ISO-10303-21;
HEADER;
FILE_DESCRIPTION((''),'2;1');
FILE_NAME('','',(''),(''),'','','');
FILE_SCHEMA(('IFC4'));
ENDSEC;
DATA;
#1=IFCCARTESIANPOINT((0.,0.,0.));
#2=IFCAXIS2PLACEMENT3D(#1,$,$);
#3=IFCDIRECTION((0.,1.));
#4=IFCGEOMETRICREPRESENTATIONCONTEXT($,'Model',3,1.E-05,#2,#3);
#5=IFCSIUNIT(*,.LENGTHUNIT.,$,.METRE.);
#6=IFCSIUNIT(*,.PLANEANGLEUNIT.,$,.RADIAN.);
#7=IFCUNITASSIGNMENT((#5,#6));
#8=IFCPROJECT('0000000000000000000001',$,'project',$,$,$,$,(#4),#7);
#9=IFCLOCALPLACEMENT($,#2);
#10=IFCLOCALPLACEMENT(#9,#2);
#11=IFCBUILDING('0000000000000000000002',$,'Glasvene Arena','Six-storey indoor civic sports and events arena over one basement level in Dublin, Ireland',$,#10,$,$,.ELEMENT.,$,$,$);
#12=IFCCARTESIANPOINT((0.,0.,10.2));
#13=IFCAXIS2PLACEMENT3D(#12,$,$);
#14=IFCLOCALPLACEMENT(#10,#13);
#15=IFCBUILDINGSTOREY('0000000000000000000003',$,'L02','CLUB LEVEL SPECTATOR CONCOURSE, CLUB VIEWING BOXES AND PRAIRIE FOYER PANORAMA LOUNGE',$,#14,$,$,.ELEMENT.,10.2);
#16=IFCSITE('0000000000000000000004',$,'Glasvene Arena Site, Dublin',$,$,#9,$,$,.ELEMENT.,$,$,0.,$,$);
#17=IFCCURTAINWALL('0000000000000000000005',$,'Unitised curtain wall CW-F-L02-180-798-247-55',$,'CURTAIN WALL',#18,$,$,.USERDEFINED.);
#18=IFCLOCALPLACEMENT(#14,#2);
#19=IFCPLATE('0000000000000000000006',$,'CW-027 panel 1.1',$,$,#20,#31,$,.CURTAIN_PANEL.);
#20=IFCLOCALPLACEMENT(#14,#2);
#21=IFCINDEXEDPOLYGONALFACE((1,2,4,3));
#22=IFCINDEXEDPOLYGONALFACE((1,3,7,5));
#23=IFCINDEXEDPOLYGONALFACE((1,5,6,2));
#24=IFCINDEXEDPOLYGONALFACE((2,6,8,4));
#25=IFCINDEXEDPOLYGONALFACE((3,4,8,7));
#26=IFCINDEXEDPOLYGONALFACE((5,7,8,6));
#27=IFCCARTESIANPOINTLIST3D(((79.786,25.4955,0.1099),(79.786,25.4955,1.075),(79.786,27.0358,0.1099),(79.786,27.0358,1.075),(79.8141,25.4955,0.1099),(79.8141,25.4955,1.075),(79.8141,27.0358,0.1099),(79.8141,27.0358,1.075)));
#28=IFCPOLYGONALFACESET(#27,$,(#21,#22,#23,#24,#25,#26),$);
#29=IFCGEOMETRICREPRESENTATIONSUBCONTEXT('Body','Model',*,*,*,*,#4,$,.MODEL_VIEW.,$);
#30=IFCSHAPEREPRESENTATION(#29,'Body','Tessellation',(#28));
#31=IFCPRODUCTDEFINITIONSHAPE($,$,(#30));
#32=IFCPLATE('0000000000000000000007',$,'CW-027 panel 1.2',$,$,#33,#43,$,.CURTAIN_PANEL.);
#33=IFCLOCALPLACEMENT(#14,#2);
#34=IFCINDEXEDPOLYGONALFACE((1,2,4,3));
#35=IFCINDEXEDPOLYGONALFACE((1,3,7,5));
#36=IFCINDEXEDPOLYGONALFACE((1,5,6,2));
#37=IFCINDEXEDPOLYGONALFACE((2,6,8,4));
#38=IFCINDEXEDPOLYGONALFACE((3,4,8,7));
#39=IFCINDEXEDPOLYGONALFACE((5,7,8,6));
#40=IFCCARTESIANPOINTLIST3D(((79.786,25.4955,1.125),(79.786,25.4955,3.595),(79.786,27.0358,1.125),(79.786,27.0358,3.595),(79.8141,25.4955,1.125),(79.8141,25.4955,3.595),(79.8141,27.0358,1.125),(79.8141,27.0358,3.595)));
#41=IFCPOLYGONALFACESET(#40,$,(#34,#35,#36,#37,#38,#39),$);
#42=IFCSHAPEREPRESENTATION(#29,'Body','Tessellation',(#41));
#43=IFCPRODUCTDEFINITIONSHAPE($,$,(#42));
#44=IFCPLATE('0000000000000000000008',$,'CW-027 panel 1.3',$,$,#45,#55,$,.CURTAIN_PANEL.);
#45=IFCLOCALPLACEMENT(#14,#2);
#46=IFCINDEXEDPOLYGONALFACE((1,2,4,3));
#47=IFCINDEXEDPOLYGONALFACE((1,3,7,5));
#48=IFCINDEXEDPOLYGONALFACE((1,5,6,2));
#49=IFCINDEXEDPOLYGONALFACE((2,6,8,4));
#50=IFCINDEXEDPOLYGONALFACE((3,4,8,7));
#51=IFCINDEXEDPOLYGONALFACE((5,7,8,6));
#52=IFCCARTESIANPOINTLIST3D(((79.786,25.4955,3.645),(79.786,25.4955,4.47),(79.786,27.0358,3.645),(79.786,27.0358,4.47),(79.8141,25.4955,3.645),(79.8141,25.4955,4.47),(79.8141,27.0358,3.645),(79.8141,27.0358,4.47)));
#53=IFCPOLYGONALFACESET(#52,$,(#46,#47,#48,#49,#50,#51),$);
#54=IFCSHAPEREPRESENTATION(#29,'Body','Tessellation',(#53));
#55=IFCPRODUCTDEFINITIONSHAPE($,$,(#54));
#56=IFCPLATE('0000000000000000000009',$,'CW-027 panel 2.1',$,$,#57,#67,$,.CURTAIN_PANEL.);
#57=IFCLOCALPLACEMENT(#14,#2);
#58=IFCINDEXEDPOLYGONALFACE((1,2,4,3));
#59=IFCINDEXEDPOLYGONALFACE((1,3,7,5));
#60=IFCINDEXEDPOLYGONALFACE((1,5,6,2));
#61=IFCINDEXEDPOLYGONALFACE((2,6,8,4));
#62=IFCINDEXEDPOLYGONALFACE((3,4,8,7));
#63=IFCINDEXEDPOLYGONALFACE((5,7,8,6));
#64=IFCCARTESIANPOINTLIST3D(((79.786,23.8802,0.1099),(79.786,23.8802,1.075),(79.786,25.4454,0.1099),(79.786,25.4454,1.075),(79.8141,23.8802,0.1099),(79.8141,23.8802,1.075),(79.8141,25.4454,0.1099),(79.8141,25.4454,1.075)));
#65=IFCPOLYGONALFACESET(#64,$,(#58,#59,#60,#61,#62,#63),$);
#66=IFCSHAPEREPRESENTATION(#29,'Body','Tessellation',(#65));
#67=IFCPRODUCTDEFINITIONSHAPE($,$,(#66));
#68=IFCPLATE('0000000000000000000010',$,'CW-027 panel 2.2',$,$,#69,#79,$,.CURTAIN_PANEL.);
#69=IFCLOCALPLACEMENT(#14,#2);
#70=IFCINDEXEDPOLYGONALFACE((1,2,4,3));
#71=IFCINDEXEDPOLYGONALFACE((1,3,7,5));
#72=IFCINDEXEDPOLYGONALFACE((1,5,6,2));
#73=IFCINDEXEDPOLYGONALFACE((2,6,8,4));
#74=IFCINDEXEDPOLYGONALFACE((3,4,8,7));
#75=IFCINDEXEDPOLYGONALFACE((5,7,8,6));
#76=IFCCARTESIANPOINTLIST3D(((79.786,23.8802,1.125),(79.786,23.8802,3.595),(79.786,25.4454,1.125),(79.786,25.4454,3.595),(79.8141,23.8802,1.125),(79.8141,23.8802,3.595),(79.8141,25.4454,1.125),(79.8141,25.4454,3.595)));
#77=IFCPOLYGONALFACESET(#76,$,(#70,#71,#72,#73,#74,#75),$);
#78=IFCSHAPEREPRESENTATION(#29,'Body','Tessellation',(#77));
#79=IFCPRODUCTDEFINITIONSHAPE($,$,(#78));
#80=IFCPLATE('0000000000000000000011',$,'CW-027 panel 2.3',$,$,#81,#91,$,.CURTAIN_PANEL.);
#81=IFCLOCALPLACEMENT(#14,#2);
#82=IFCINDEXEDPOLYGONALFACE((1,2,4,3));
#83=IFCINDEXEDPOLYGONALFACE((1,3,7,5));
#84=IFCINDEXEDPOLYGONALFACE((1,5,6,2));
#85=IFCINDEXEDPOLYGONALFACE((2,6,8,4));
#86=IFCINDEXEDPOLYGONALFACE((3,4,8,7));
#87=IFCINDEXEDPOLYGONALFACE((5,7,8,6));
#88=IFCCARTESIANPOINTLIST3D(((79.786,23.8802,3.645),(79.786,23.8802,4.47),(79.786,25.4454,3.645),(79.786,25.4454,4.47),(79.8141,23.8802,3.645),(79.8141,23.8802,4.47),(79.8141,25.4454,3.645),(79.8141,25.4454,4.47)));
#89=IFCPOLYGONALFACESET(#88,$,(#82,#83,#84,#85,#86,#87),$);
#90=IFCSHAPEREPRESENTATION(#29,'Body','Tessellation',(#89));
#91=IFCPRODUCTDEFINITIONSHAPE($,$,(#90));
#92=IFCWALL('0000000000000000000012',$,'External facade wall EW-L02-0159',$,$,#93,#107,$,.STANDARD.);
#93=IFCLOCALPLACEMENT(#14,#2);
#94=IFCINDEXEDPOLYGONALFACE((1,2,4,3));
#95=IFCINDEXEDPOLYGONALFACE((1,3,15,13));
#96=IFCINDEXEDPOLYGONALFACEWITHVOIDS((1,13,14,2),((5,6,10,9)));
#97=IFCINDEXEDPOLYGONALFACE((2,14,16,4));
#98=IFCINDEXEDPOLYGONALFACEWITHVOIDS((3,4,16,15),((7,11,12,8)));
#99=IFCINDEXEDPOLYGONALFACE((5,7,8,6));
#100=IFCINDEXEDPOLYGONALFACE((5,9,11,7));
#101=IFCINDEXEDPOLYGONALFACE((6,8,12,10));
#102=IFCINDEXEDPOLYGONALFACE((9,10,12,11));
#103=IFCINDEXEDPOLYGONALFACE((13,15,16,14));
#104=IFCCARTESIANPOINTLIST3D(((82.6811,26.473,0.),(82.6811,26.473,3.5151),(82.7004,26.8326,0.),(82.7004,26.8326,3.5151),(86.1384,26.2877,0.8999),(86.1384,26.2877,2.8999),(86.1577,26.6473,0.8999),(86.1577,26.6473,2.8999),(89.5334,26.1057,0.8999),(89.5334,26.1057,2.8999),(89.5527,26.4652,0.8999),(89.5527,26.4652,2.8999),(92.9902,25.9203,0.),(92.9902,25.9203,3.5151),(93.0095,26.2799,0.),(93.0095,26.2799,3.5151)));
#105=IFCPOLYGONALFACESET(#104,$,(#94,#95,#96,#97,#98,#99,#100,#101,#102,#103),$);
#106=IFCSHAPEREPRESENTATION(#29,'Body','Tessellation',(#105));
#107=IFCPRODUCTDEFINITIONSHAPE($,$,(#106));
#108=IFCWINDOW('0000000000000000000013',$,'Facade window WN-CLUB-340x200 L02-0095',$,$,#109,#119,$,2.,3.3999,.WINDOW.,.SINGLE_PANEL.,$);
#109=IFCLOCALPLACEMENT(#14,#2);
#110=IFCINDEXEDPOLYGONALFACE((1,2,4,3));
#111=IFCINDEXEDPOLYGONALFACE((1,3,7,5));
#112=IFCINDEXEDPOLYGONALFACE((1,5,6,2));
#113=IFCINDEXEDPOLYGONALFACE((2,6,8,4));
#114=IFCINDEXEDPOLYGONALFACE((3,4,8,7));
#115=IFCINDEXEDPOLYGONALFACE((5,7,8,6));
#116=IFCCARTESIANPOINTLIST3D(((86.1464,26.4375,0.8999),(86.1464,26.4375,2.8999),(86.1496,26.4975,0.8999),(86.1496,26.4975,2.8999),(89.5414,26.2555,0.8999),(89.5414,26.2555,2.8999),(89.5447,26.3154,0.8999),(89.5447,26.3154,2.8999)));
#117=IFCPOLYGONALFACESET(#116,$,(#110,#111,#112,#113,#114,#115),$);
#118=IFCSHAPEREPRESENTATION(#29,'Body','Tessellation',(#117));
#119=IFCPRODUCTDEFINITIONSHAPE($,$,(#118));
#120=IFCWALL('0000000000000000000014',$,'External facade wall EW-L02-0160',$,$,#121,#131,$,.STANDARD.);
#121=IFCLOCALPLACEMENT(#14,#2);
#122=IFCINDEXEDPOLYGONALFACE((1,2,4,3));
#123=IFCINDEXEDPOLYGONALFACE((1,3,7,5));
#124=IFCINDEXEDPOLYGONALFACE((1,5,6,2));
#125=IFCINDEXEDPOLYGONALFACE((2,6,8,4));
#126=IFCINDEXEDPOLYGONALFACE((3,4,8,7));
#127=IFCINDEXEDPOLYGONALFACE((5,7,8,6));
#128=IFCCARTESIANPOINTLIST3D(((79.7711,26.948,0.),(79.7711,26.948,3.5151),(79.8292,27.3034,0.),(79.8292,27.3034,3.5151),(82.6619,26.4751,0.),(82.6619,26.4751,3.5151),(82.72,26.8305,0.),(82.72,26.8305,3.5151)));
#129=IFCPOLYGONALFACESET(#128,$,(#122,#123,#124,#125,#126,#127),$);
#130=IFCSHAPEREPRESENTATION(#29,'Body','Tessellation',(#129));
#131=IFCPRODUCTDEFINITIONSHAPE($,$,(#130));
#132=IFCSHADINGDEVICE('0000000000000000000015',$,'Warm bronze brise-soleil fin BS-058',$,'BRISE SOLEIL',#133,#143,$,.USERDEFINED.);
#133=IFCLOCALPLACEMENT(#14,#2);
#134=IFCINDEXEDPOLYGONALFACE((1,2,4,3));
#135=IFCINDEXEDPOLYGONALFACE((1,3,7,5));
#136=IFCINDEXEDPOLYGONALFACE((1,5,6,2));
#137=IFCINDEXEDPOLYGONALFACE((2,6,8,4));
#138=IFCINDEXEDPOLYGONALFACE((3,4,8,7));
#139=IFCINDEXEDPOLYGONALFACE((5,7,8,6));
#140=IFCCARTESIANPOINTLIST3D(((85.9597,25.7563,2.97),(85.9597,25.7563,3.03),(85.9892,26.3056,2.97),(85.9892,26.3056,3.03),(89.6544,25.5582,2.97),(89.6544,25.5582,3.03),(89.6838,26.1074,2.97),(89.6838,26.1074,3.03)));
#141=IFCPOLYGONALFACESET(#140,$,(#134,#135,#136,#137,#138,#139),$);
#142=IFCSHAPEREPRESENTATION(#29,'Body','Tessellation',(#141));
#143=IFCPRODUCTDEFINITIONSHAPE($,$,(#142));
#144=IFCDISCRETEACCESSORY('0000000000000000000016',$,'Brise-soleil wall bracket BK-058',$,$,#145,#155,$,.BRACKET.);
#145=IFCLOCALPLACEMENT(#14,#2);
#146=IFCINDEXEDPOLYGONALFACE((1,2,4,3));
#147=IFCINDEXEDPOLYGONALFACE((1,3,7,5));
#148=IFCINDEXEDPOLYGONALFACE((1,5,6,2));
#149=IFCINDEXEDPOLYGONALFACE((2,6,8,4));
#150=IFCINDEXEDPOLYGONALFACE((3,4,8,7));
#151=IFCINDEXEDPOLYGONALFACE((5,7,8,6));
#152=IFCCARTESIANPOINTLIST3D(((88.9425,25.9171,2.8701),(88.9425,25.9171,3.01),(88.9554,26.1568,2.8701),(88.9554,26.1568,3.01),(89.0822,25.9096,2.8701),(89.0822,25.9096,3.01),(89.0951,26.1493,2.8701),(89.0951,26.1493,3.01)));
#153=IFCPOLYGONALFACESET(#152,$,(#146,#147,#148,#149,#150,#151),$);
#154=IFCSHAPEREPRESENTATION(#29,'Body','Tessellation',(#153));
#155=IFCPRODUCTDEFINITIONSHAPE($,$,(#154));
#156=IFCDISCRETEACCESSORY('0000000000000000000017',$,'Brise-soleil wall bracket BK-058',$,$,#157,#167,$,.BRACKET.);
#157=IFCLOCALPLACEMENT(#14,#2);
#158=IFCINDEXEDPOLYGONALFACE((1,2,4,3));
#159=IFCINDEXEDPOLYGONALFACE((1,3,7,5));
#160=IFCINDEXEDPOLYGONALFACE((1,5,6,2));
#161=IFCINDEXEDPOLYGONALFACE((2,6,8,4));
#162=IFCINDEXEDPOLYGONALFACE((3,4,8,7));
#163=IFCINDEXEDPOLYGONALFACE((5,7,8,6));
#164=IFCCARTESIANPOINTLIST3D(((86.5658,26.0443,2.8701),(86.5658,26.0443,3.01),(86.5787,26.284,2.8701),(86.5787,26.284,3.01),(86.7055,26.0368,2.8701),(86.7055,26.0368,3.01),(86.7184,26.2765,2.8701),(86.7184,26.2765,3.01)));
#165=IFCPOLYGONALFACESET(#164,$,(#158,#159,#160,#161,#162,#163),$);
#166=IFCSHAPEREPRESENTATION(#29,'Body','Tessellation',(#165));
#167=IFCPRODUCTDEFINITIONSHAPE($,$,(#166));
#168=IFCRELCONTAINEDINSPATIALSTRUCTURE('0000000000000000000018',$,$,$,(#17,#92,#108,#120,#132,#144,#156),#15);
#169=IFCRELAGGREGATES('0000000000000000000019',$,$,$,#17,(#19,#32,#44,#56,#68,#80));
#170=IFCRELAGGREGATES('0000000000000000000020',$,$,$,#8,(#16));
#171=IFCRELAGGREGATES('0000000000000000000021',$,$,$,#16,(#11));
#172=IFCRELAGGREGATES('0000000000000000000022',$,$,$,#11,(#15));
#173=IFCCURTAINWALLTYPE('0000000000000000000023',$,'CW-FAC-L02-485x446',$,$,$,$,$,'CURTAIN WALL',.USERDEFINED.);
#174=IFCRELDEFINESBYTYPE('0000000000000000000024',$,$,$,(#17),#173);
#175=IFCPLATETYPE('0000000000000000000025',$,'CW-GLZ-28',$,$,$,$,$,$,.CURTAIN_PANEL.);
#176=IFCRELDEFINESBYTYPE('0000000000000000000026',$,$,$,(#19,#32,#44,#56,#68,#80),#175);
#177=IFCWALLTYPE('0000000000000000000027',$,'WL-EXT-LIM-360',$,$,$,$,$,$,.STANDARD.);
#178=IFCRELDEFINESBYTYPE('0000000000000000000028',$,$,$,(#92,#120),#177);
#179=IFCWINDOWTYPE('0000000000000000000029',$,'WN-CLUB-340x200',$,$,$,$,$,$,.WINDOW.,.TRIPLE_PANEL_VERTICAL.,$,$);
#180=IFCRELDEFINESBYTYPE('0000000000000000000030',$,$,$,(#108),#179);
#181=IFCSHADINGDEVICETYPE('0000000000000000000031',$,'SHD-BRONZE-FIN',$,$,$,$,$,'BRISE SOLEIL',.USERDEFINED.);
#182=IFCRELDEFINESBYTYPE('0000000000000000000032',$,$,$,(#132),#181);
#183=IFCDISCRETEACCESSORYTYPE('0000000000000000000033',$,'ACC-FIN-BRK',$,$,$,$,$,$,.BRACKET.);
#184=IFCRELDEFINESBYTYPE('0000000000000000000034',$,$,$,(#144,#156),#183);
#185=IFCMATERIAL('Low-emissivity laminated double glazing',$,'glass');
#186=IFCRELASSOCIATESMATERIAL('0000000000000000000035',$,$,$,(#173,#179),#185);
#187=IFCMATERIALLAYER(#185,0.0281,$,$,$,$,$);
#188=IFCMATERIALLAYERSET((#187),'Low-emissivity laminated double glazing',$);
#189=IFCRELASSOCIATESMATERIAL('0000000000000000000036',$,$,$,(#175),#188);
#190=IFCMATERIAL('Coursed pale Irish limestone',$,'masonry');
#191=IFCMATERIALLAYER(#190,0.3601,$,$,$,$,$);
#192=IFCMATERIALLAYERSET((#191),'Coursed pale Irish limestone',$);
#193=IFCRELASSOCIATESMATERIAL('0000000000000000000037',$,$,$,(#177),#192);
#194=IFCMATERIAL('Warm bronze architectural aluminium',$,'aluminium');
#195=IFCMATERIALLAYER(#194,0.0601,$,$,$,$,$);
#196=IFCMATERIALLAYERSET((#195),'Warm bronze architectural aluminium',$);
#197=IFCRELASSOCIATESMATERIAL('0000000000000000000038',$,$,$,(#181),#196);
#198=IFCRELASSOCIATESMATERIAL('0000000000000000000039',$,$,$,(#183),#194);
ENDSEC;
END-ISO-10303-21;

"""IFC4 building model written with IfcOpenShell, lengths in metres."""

from ifc_helpers import new_model, si_unit, direction, frame, frame_2d, origin, origin_2d, place, context, subcontext, project, spatial, rectangle, extrude, material, layer, layer_set, type_object, element, fill, aggregate, save


model = new_model("IFC4")

# Units and contexts
model_context = context("Model", 3, precision=1e-05, world=origin(), true_north=direction((0.0, 1.0)))
body_context = subcontext(model_context, "Body", "Model", "MODEL_VIEW")
ifc_project = project(units=[si_unit("LENGTHUNIT", "METRE"), si_unit("PLANEANGLEUNIT", "RADIAN")], contexts=[model_context])

# Site, building, storey
site_placement = place(None, origin())
site = spatial("IfcSite", under=ifc_project, at=site_placement, Name="Glasvene Arena Site, Dublin", CompositionType="ELEMENT", RefElevation=0.0)
building_placement = place(site_placement, origin())
building = spatial("IfcBuilding", under=site, at=building_placement, Name="Glasvene Arena", Description="Six-storey indoor civic sports and events arena over one basement level in Dublin, Ireland", CompositionType="ELEMENT")
storey_placement = place(building_placement, frame((0.0, 0.0, 10.2)))
storey = spatial("IfcBuildingStorey", under=building, at=storey_placement, Name="L02", Description="CLUB LEVEL SPECTATOR CONCOURSE, CLUB VIEWING BOXES AND PRAIRIE FOYER PANORAMA LOUNGE", CompositionType="ELEMENT", Elevation=10.2)

# Curtain wall, plates
ifc_material_1 = material(Name="Low-emissivity laminated double glazing", Category="glass")
curtain_wall_type = type_object("IfcCurtainWallType", Name="CW-FAC-L02-485x446", ElementType="CURTAIN WALL", PredefinedType="USERDEFINED", material=ifc_material_1)
curtain_wall_placement = place(storey_placement, frame((79.8, 27.0857, 0.0)))
curtain_wall = element("IfcCurtainWall", 1, at=curtain_wall_placement, inside=storey, type_object=curtain_wall_type, Name="Unitised curtain wall CW-F-L02-180-798-247-55", ObjectType="CURTAIN WALL", PredefinedType="USERDEFINED")
ifc_layer_1 = layer(ifc_material_1, 0.0281)
ifc_layer_set_1 = layer_set([ifc_layer_1], Name="Low-emissivity laminated double glazing")
plate_type = type_object("IfcPlateType", Name="CW-GLZ-28", PredefinedType="CURTAIN_PANEL", material=ifc_layer_set_1)
plate_1_placement = place(storey_placement, frame((79.8, 26.2656, 0.1099), z_axis=(0.0, 0.0, 1.0), x_axis=(0.0, -1.0, 0.0)))
plate_1 = element("IfcPlate", 2, at=plate_1_placement, type_object=plate_type, Name="CW-027 panel 1.1", PredefinedType="CURTAIN_PANEL", context=body_context, shape_type="SweptSolid", body=[
    extrude(rectangle(XDim=1.5403, YDim=0.0281, at=origin_2d()), origin(), (0.0, 0.0, 1.0), 0.9651),
])
plate_2_placement = place(storey_placement, frame((79.8, 26.2656, 1.125), z_axis=(0.0, 0.0, 1.0), x_axis=(0.0, -1.0, 0.0)))
plate_2 = element("IfcPlate", 3, at=plate_2_placement, type_object=plate_type, Name="CW-027 panel 1.2", PredefinedType="CURTAIN_PANEL", context=body_context, shape_type="SweptSolid", body=[
    extrude(rectangle(XDim=1.5403, YDim=0.0281, at=origin_2d()), origin(), (0.0, 0.0, 1.0), 2.47),
])
plate_3_placement = place(storey_placement, frame((79.8, 26.2656, 3.645), z_axis=(0.0, 0.0, 1.0), x_axis=(0.0, -1.0, 0.0)))
plate_3 = element("IfcPlate", 4, at=plate_3_placement, type_object=plate_type, Name="CW-027 panel 1.3", PredefinedType="CURTAIN_PANEL", context=body_context, shape_type="SweptSolid", body=[
    extrude(rectangle(XDim=1.5403, YDim=0.0281, at=origin_2d()), origin(), (0.0, 0.0, 1.0), 0.825),
])
plate_4_placement = place(storey_placement, frame((79.8, 24.6628, 0.1099), z_axis=(0.0, 0.0, 1.0), x_axis=(0.0, -1.0, 0.0)))
plate_4 = element("IfcPlate", 5, at=plate_4_placement, type_object=plate_type, Name="CW-027 panel 2.1", PredefinedType="CURTAIN_PANEL", context=body_context, shape_type="SweptSolid", body=[
    extrude(rectangle(XDim=1.5652, YDim=0.0281, at=origin_2d()), origin(), (0.0, 0.0, 1.0), 0.9651),
])
plate_5_placement = place(storey_placement, frame((79.8, 24.6628, 1.125), z_axis=(0.0, 0.0, 1.0), x_axis=(0.0, -1.0, 0.0)))
plate_5 = element("IfcPlate", 6, at=plate_5_placement, type_object=plate_type, Name="CW-027 panel 2.2", PredefinedType="CURTAIN_PANEL", context=body_context, shape_type="SweptSolid", body=[
    extrude(rectangle(XDim=1.5652, YDim=0.0281, at=origin_2d()), origin(), (0.0, 0.0, 1.0), 2.47),
])
plate_6_placement = place(storey_placement, frame((79.8, 24.6628, 3.645), z_axis=(0.0, 0.0, 1.0), x_axis=(0.0, -1.0, 0.0)))
plate_6 = element("IfcPlate", 7, at=plate_6_placement, type_object=plate_type, Name="CW-027 panel 2.3", PredefinedType="CURTAIN_PANEL", context=body_context, shape_type="SweptSolid", body=[
    extrude(rectangle(XDim=1.5652, YDim=0.0281, at=origin_2d()), origin(), (0.0, 0.0, 1.0), 0.825),
])
aggregate(curtain_wall, [plate_1, plate_2, plate_3, plate_4, plate_5, plate_6])

# Wall, opening, window
ifc_material_2 = material(Name="Coursed pale Irish limestone", Category="masonry")
ifc_layer_2 = layer(ifc_material_2, 0.3601)
ifc_layer_set_2 = layer_set([ifc_layer_2], Name="Coursed pale Irish limestone")
wall_type = type_object("IfcWallType", Name="WL-EXT-LIM-360", PredefinedType="STANDARD", material=ifc_layer_set_2)
wall_1_placement = place(storey_placement, frame((93.0, 26.1001, 0.0), z_axis=(0.0, 0.0, 1.0), x_axis=(-0.998566, 0.053539, 0.0)))
wall_1 = element("IfcWall", 8, at=wall_1_placement, inside=storey, type_object=wall_type, Name="External facade wall EW-L02-0159", PredefinedType="STANDARD", context=body_context, shape_type="SweptSolid", body=[
    extrude(rectangle(XDim=10.324, YDim=0.3601, at=frame_2d((5.1621, 0.0))), origin(), (0.0, 0.0, 1.0), 3.5151),
])
opening_placement = place(wall_1_placement, frame((3.4619, 0.0, 0.8999)))
opening = element("IfcOpeningElement", 9, at=opening_placement, cuts=wall_1, PredefinedType="OPENING", context=body_context, shape_type="SweptSolid", body=[
    extrude(rectangle(XDim=3.3999, YDim=2.0, at=frame_2d((1.7, 1.0))), frame((0.0, 0.1899, 0.0), z_axis=(0.0, -1.0, 0.0), x_axis=(1.0, 0.0, 0.0)), (0.0, 0.0, 1.0), 0.3801),
])
window_type = type_object("IfcWindowType", Name="WN-CLUB-340x200", PartitioningType="TRIPLE_PANEL_VERTICAL", PredefinedType="WINDOW", material=ifc_material_1)
window_placement = place(opening_placement, origin())
window = element("IfcWindow", 10, at=window_placement, inside=storey, type_object=window_type, Name="Facade window WN-CLUB-340x200 L02-0095", OverallHeight=2.0, OverallWidth=3.3999, PartitioningType="SINGLE_PANEL", PredefinedType="WINDOW", context=body_context, shape_type="SweptSolid", body=[
    extrude(rectangle(XDim=3.3999, YDim=2.0, at=frame_2d((1.7, 1.0))), frame((0.0, 0.03, 0.0), z_axis=(0.0, -1.0, 0.0), x_axis=(1.0, 0.0, 0.0)), (0.0, 0.0, 1.0), 0.0601),
])
fill(opening, window)

# Wall
wall_2_placement = place(storey_placement, frame((82.6909, 26.6528, 0.0), z_axis=(0.0, 0.0, 1.0), x_axis=(-0.986883, 0.161438, 0.0)))
element("IfcWall", 11, at=wall_2_placement, inside=storey, type_object=wall_type, Name="External facade wall EW-L02-0160", PredefinedType="STANDARD", context=body_context, shape_type="SweptSolid", body=[
    extrude(rectangle(XDim=2.9292, YDim=0.3601, at=frame_2d((1.4646, 0.0))), origin(), (0.0, 0.0, 1.0), 3.5151),
])

# Shading device
ifc_material_3 = material(Name="Warm bronze architectural aluminium", Category="aluminium")
ifc_layer_3 = layer(ifc_material_3, 0.0601)
ifc_layer_set_3 = layer_set([ifc_layer_3], Name="Warm bronze architectural aluminium")
shading_device_type = type_object("IfcShadingDeviceType", Name="SHD-BRONZE-FIN", ElementType="BRISE SOLEIL", PredefinedType="USERDEFINED", material=ifc_layer_set_3)
shading_device_placement = place(storey_placement, frame((87.8218, 25.9319, 2.97), z_axis=(0.0, 0.0, 1.0), x_axis=(-0.998565, 0.053556, 0.0)))
element("IfcShadingDevice", 12, at=shading_device_placement, inside=storey, type_object=shading_device_type, Name="Warm bronze brise-soleil fin BS-058", ObjectType="BRISE SOLEIL", PredefinedType="USERDEFINED", context=body_context, shape_type="SweptSolid", body=[
    extrude(rectangle(XDim=3.7, YDim=0.55, at=origin_2d()), origin(), (0.0, 0.0, 1.0), 0.0601),
])

# Discrete accessories
discrete_accessory_type = type_object("IfcDiscreteAccessoryType", Name="ACC-FIN-BRK", PredefinedType="BRACKET", material=ifc_material_3)
for number, where, z_axis, x_axis, name in (
    (13, (89.0188, 26.0332, 2.8701), (0.0, 0.0, 1.0), (-0.998565, 0.053556, 0.0), "Brise-soleil wall bracket BK-058"),
    (14, (86.6421, 26.1604, 2.8701), (0.0, 0.0, 1.0), (-0.998565, 0.053556, 0.0), "Brise-soleil wall bracket BK-058"),
):
    element("IfcDiscreteAccessory", number, at=place(storey_placement, frame(where, z_axis=z_axis, x_axis=x_axis)), inside=storey, type_object=discrete_accessory_type, Name=name, PredefinedType="BRACKET", context=body_context, shape_type="SweptSolid", body=[
        extrude(rectangle(XDim=0.1399, YDim=0.24, at=origin_2d()), origin(), (0.0, 0.0, 1.0), 0.1399),
    ])

save(model, "model.ifc")
